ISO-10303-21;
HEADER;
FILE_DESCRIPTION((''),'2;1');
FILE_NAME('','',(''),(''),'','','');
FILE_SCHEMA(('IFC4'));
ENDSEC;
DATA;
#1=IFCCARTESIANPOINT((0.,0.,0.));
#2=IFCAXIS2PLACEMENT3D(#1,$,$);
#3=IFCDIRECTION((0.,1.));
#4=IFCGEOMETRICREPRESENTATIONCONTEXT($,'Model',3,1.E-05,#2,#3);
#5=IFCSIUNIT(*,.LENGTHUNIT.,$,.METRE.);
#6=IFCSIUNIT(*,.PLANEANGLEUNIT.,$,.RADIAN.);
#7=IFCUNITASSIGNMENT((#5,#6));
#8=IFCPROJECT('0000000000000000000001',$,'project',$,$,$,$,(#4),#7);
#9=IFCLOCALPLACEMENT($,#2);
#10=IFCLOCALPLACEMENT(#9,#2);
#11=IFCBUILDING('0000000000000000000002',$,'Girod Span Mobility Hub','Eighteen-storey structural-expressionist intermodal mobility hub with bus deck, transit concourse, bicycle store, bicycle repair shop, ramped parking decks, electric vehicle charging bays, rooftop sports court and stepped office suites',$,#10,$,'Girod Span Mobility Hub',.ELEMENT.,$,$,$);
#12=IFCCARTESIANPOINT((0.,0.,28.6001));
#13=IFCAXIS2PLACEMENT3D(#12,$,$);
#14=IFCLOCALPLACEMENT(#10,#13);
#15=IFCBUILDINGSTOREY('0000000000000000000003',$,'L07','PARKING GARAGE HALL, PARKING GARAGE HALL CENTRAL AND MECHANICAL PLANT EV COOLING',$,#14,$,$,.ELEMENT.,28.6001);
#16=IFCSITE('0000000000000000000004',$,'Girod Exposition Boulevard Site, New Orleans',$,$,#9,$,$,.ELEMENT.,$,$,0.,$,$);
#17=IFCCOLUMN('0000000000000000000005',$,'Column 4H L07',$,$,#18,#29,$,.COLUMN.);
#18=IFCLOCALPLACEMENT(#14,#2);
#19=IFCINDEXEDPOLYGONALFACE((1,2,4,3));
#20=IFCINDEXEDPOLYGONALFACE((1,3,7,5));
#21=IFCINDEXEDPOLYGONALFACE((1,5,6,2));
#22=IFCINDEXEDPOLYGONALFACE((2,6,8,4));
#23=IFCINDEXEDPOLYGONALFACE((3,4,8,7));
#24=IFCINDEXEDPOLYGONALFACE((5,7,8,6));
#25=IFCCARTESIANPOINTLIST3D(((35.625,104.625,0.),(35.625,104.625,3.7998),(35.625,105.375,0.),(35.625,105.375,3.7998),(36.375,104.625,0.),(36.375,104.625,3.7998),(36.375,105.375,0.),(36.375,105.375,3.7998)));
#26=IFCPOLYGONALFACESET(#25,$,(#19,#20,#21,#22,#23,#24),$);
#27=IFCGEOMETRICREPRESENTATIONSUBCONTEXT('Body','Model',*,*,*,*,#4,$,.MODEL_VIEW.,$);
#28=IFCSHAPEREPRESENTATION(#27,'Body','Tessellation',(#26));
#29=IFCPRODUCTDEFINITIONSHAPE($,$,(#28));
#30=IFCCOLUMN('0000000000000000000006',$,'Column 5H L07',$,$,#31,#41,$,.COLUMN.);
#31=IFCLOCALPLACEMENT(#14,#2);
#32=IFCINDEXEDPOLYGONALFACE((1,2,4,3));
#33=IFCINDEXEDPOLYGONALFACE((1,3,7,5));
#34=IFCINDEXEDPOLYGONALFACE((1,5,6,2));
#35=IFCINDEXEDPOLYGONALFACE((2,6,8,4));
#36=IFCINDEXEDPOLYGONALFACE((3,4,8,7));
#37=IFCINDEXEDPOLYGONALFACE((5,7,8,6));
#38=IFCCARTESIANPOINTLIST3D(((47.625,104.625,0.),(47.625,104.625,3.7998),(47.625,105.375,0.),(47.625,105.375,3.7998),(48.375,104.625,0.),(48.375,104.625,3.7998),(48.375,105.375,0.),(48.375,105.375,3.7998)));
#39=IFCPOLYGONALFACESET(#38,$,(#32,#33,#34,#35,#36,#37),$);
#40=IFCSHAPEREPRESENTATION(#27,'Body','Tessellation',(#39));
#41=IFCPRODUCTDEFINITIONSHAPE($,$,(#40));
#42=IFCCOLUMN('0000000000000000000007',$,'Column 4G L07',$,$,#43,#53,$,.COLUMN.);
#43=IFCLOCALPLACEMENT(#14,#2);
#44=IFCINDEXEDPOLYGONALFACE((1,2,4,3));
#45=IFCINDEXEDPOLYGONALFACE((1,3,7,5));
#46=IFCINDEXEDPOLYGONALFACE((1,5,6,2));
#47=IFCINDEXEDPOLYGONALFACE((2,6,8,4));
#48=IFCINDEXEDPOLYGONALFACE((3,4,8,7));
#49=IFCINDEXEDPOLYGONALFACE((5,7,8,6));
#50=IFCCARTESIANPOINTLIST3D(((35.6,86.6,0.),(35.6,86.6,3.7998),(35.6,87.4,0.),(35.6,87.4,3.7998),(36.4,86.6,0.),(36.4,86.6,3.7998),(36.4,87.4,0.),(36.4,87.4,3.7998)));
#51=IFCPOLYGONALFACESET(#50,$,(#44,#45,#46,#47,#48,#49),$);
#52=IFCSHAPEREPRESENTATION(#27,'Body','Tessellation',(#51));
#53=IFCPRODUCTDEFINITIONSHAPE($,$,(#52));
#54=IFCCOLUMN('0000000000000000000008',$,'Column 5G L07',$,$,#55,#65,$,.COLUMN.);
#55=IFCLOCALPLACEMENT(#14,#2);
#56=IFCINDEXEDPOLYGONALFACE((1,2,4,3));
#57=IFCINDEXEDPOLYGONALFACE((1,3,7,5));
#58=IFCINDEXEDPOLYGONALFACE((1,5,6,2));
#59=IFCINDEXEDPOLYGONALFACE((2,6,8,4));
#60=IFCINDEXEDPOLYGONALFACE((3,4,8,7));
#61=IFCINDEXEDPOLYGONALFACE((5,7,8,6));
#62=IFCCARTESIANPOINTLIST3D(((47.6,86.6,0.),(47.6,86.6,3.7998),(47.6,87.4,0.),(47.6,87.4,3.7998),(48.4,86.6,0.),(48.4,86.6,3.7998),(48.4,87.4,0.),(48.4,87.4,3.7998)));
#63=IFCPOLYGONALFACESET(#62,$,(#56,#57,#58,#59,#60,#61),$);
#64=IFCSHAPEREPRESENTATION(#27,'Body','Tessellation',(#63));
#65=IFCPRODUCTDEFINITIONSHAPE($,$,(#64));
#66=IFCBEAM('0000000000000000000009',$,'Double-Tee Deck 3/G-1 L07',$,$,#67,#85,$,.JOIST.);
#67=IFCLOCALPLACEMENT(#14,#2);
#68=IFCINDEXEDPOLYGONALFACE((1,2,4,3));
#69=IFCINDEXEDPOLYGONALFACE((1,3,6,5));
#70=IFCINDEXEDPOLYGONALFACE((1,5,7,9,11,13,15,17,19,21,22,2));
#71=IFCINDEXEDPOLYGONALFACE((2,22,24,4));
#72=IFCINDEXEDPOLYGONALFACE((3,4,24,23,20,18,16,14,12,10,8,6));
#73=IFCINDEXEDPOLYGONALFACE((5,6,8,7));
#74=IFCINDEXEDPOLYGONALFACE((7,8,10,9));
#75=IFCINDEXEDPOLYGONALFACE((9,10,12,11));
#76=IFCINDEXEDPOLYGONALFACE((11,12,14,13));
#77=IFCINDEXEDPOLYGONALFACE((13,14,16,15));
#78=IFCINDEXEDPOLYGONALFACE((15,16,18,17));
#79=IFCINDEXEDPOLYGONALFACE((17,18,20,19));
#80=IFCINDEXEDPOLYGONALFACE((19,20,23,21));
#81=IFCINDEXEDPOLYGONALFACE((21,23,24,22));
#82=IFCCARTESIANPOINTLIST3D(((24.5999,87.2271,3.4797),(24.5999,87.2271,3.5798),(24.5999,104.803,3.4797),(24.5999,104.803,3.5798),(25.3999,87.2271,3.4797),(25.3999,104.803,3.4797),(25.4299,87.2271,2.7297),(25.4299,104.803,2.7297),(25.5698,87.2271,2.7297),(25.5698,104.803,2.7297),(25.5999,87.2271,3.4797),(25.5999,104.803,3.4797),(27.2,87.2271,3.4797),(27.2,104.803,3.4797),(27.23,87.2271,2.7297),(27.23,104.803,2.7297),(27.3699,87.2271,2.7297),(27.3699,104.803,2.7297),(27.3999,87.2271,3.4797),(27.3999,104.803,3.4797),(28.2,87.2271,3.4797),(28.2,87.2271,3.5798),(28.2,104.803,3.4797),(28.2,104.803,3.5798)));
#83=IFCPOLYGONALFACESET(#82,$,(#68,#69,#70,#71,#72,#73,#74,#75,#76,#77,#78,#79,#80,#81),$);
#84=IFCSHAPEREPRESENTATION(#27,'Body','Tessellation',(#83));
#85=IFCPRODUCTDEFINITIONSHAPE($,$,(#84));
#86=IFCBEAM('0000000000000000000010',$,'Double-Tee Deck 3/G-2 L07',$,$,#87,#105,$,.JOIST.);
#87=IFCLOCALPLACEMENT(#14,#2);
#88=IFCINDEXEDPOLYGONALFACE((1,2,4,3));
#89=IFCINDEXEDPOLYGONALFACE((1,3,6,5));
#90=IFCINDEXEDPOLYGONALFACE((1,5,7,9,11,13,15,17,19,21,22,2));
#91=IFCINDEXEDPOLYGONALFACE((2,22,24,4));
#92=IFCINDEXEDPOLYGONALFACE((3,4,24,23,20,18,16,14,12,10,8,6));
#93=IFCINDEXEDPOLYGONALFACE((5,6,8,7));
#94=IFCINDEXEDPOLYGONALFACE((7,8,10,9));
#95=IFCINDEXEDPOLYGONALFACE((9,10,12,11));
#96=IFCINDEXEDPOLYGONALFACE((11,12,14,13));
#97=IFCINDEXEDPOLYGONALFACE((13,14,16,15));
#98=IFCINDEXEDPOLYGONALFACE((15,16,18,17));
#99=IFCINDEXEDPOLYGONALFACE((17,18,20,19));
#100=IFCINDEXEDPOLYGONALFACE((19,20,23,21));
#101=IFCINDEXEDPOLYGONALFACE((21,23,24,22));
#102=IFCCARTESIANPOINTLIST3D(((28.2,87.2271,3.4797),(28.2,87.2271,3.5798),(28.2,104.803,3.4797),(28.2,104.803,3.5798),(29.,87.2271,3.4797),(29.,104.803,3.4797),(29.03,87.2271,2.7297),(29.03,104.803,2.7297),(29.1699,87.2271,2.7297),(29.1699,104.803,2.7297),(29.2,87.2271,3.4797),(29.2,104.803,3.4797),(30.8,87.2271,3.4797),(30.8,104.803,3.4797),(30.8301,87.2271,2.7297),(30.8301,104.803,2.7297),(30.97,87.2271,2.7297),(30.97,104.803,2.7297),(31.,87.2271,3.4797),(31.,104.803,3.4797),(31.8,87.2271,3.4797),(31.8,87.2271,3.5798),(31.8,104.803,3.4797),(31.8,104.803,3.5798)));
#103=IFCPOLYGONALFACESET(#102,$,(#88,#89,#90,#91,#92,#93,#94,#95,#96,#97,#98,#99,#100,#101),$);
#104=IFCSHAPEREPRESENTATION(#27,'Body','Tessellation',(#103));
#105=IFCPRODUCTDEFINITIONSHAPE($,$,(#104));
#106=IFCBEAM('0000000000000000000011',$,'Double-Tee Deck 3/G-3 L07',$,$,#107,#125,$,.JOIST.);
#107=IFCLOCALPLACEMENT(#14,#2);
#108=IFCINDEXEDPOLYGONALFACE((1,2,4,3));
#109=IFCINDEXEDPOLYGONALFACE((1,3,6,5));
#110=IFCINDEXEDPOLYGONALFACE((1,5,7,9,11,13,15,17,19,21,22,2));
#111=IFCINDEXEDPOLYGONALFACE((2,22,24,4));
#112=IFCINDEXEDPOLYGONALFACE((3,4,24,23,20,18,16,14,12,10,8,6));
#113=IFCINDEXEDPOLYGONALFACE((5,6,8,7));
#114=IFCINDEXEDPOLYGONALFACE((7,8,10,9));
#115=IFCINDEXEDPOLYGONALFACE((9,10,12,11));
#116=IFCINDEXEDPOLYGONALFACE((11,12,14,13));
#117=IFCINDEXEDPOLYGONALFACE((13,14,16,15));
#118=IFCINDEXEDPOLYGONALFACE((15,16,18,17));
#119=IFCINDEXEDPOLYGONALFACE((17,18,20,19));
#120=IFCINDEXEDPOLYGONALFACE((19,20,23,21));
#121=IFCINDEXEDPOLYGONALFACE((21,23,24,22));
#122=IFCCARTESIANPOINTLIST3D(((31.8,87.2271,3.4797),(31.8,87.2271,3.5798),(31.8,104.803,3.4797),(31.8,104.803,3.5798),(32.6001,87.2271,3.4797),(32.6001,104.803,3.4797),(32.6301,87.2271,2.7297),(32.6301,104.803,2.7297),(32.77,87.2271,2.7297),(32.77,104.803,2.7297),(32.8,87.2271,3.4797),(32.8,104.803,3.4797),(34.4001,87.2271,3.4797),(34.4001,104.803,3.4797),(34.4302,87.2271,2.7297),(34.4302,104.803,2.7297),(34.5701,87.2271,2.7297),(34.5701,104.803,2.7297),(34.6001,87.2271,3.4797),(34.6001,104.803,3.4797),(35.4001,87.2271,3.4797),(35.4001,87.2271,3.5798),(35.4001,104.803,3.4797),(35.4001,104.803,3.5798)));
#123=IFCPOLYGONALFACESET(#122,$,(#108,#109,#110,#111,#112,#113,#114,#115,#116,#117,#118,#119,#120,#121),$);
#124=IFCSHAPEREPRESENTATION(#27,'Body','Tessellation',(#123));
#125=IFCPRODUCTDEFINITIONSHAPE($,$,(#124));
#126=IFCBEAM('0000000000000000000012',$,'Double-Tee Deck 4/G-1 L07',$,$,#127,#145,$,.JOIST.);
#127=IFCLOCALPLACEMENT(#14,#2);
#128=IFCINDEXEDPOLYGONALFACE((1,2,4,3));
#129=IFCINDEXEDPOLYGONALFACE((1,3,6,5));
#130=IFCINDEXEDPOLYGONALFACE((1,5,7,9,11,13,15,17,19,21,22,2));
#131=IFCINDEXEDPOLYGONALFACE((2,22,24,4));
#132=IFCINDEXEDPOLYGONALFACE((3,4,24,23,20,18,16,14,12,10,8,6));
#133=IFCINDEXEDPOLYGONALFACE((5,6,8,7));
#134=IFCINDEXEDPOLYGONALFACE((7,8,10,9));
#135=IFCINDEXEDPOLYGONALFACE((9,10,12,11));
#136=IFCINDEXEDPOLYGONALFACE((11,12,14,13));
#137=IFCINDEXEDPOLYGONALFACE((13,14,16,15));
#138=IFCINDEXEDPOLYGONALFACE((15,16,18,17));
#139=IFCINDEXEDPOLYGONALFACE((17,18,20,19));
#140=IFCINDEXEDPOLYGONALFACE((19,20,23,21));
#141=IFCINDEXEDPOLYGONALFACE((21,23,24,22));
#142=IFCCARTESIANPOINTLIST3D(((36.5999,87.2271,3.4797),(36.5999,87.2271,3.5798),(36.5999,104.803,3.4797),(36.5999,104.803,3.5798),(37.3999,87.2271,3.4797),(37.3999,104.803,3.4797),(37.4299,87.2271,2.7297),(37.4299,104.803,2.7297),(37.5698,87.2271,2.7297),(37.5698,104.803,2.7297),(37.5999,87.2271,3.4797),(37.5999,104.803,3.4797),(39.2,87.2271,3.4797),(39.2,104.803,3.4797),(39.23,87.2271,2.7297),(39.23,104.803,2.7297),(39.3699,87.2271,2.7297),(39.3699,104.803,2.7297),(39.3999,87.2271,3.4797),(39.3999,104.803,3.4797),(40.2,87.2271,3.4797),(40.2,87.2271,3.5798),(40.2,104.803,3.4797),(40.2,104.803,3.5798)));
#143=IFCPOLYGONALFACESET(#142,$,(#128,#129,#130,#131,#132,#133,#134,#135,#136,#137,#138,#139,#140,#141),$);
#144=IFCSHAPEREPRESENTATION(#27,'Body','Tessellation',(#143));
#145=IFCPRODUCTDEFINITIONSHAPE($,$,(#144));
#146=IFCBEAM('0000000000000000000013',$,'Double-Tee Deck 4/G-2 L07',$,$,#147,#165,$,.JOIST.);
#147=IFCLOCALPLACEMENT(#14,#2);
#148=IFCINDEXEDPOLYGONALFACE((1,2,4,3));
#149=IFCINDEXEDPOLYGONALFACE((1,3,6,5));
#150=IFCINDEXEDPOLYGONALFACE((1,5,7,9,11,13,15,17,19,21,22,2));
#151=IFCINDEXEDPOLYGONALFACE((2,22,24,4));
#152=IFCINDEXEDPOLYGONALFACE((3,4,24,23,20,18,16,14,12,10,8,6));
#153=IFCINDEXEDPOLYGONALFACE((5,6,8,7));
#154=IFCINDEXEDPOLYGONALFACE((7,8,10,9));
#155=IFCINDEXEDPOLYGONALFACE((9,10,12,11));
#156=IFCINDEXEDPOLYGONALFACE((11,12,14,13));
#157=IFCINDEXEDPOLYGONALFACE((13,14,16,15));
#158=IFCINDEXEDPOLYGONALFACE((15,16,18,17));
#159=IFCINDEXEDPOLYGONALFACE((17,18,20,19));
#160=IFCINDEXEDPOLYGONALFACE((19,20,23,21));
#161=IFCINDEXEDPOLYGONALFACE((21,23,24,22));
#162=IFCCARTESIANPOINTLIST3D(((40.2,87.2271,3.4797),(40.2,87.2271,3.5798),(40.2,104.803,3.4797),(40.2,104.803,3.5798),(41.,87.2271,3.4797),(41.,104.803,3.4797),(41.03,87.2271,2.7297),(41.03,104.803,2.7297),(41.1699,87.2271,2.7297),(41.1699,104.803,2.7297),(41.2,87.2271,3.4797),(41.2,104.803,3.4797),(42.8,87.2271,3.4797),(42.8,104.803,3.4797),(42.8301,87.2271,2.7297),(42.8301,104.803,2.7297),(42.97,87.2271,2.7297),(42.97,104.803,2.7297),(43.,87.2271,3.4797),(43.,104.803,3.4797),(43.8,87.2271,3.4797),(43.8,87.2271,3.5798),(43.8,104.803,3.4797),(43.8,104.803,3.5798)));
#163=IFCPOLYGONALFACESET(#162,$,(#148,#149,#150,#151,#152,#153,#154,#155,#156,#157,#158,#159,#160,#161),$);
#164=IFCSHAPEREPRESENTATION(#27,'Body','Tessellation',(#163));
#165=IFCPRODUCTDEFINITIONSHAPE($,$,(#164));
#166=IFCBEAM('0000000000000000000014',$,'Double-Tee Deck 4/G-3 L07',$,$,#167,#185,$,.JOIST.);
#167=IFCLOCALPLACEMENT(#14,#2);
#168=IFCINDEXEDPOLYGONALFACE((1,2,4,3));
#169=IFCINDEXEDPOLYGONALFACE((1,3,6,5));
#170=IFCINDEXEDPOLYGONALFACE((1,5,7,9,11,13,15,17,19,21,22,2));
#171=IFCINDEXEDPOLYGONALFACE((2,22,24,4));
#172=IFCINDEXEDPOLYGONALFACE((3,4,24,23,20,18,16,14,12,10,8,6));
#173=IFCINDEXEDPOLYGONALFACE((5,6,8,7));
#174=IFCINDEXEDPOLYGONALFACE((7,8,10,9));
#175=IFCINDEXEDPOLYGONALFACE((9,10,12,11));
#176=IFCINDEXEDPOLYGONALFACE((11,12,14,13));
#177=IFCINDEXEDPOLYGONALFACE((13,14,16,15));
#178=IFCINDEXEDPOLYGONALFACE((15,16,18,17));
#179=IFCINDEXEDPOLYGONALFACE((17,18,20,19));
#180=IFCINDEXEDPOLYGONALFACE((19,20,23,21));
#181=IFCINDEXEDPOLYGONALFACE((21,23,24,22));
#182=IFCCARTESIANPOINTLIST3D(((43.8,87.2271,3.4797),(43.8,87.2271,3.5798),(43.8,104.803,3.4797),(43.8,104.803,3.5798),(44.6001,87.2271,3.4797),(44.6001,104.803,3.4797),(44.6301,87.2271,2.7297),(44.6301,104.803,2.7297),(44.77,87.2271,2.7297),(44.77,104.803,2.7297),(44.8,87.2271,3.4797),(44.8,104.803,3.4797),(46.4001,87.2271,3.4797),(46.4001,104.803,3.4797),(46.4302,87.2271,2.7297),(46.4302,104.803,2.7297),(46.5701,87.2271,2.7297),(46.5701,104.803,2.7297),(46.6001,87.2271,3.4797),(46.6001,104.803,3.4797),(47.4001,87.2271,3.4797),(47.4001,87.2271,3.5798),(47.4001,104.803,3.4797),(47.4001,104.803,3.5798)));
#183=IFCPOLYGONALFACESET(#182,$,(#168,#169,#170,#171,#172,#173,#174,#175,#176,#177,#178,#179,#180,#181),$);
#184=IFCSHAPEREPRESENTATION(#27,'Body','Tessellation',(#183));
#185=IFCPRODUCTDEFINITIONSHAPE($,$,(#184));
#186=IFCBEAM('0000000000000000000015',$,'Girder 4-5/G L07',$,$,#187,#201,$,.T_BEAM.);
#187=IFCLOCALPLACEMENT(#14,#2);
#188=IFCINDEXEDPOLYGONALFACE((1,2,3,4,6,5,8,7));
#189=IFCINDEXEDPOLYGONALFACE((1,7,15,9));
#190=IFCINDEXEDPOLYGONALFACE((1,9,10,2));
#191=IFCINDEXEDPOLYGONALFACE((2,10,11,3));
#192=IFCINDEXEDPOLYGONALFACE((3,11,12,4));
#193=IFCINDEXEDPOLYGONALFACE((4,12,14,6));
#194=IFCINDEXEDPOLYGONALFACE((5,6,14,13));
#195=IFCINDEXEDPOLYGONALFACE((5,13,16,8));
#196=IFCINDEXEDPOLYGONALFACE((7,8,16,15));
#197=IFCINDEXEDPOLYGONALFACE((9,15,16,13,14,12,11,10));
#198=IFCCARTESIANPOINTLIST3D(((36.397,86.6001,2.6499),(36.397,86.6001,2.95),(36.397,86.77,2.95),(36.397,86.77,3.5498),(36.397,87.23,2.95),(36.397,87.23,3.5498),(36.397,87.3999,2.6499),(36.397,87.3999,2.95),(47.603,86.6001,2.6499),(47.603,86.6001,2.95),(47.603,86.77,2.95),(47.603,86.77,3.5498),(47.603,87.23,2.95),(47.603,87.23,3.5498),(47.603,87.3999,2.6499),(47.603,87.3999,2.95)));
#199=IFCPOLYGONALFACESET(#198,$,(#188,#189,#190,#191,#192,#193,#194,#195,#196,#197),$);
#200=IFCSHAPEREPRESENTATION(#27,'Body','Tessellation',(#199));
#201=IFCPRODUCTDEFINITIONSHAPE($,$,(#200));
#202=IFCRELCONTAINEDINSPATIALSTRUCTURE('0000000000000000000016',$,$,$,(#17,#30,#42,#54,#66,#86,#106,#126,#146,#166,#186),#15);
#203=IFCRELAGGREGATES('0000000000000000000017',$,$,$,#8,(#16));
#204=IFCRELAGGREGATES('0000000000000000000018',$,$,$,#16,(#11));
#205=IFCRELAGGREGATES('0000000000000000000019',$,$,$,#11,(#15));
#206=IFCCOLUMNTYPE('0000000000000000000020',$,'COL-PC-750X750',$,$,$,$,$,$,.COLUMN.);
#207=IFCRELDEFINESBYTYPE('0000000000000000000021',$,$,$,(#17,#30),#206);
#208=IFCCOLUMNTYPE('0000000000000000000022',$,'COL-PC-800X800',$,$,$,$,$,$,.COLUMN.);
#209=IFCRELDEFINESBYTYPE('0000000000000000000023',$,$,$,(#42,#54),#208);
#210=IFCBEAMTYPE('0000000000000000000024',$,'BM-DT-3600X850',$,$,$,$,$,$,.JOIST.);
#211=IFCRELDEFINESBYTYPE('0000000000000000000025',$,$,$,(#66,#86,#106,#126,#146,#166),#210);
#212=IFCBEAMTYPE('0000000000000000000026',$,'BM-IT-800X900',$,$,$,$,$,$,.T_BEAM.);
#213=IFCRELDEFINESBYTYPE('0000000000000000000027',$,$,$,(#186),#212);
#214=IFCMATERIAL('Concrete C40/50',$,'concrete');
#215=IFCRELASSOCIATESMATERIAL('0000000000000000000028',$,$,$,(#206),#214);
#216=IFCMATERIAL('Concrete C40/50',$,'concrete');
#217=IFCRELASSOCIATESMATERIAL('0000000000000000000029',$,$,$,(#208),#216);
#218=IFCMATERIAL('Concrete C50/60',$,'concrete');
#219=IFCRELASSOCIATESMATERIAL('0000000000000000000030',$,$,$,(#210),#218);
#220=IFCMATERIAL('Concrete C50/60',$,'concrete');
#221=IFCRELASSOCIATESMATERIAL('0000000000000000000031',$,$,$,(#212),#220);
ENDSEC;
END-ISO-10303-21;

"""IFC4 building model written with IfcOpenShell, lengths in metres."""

from ifc_helpers import new_model, si_unit, direction, frame, origin, origin_2d, place, context, subcontext, project, spatial, polyline, rectangle, outline, extrude, material, material_profile, profile_set, type_object, element, save


model = new_model("IFC4")

# Units and contexts
model_context = context("Model", 3, precision=1e-05, world=origin(), true_north=direction((0.0, 1.0)))
body_context = subcontext(model_context, "Body", "Model", "MODEL_VIEW")
ifc_project = project(units=[si_unit("LENGTHUNIT", "METRE"), si_unit("PLANEANGLEUNIT", "RADIAN")], contexts=[model_context])

# Site, building, storey
site_placement = place(None, origin())
site = spatial("IfcSite", under=ifc_project, at=site_placement, Name="Girod Exposition Boulevard Site, New Orleans", CompositionType="ELEMENT", RefElevation=0.0)
building_placement = place(site_placement, origin())
building = spatial("IfcBuilding", under=site, at=building_placement, Name="Girod Span Mobility Hub", Description="Eighteen-storey structural-expressionist intermodal mobility hub with bus deck, transit concourse, bicycle store, bicycle repair shop, ramped parking decks, electric vehicle charging bays, rooftop sports court and stepped office suites", LongName="Girod Span Mobility Hub", CompositionType="ELEMENT")
storey_placement = place(building_placement, frame((0.0, 0.0, 28.6001)))
storey = spatial("IfcBuildingStorey", under=building, at=storey_placement, Name="L07", Description="PARKING GARAGE HALL, PARKING GARAGE HALL CENTRAL AND MECHANICAL PLANT EV COOLING", CompositionType="ELEMENT", Elevation=28.6001)

# Columns
ifc_material_1 = material(Name="Concrete C40/50", Category="concrete")
ifc_material_profile_1 = material_profile(ifc_material_1, rectangle(XDim=0.75, YDim=0.75, at=origin_2d()), Name="PC-COL-750X750")
ifc_profile_set_1 = profile_set([ifc_material_profile_1], Name="Concrete C40/50")
column_type_1 = type_object("IfcColumnType", Name="COL-PC-750X750", PredefinedType="COLUMN", material=ifc_profile_set_1)
for number, where, z_axis, x_axis, name in (
    (1, (36.0, 105.0, 0.0), (0.0, 0.0, 1.0), (1.0, 0.0, 0.0), "Column 4H L07"),
    (2, (48.0, 105.0, 0.0), (0.0, 0.0, 1.0), (1.0, 0.0, 0.0), "Column 5H L07"),
):
    element("IfcColumn", number, at=place(storey_placement, frame(where, z_axis=z_axis, x_axis=x_axis)), inside=storey, type_object=column_type_1, Name=name, PredefinedType="COLUMN", context=body_context, shape_type="SweptSolid", body=[
        extrude(rectangle(XDim=0.75, YDim=0.75, at=origin_2d()), origin(), (0.0, 0.0, 1.0), 3.7998),
    ])
ifc_material_2 = material(Name="Concrete C40/50", Category="concrete")
ifc_material_profile_2 = material_profile(ifc_material_2, rectangle(XDim=0.8, YDim=0.8, at=origin_2d()), Name="PC-COL-800X800")
ifc_profile_set_2 = profile_set([ifc_material_profile_2], Name="Concrete C40/50")
column_type_2 = type_object("IfcColumnType", Name="COL-PC-800X800", PredefinedType="COLUMN", material=ifc_profile_set_2)
for number, where, z_axis, x_axis, name in (
    (3, (36.0, 87.0, 0.0), (0.0, 0.0, 1.0), (1.0, 0.0, 0.0), "Column 4G L07"),
    (4, (48.0, 87.0, 0.0), (0.0, 0.0, 1.0), (1.0, 0.0, 0.0), "Column 5G L07"),
):
    element("IfcColumn", number, at=place(storey_placement, frame(where, z_axis=z_axis, x_axis=x_axis)), inside=storey, type_object=column_type_2, Name=name, PredefinedType="COLUMN", context=body_context, shape_type="SweptSolid", body=[
        extrude(rectangle(XDim=0.8, YDim=0.8, at=origin_2d()), origin(), (0.0, 0.0, 1.0), 3.7998),
    ])

# Beams
ifc_material_3 = material(Name="Concrete C50/60", Category="concrete")
ifc_material_profile_3 = material_profile(ifc_material_3, outline(polyline([(-1.8, 0.425), (-1.8, 0.325), (-1.0, 0.325), (-0.97, -0.425), (-0.8301, -0.425), (-0.8, 0.325), (0.8, 0.325), (0.8301, -0.425), (0.97, -0.425), (1.0, 0.325), (1.8, 0.325), (1.8, 0.425), (-1.8, 0.425)])), Name="DT-3600X850")
ifc_profile_set_3 = profile_set([ifc_material_profile_3], Name="Concrete C50/60")
beam_type_1 = type_object("IfcBeamType", Name="BM-DT-3600X850", PredefinedType="JOIST", material=ifc_profile_set_3)
for number, where, z_axis, x_axis, name in (
    (5, (26.3999, 87.2271, 3.1548), (0.0, 1.0, 0.0), (-1.0, 0.0, 0.0), "Double-Tee Deck 3/G-1 L07"),
    (6, (30.0, 87.2271, 3.1548), (0.0, 1.0, 0.0), (-1.0, 0.0, 0.0), "Double-Tee Deck 3/G-2 L07"),
    (7, (33.6001, 87.2271, 3.1548), (0.0, 1.0, 0.0), (-1.0, 0.0, 0.0), "Double-Tee Deck 3/G-3 L07"),
    (8, (38.3999, 87.2271, 3.1548), (0.0, 1.0, 0.0), (-1.0, 0.0, 0.0), "Double-Tee Deck 4/G-1 L07"),
    (9, (42.0, 87.2271, 3.1548), (0.0, 1.0, 0.0), (-1.0, 0.0, 0.0), "Double-Tee Deck 4/G-2 L07"),
    (10, (45.6001, 87.2271, 3.1548), (0.0, 1.0, 0.0), (-1.0, 0.0, 0.0), "Double-Tee Deck 4/G-3 L07"),
):
    element("IfcBeam", number, at=place(storey_placement, frame(where, z_axis=z_axis, x_axis=x_axis)), inside=storey, type_object=beam_type_1, Name=name, PredefinedType="JOIST", context=body_context, shape_type="SweptSolid", body=[
        extrude(outline(polyline([(-1.8, 0.425), (-1.8, 0.325), (-1.0, 0.325), (-0.97, -0.425), (-0.8301, -0.425), (-0.8, 0.325), (0.8, 0.325), (0.8301, -0.425), (0.97, -0.425), (1.0, 0.325), (1.8, 0.325), (1.8, 0.425), (-1.8, 0.425)])), origin(), (0.0, 0.0, 1.0), 17.5759),
    ])
ifc_material_4 = material(Name="Concrete C50/60", Category="concrete")
ifc_material_profile_4 = material_profile(ifc_material_4, outline(polyline([(-0.3999, -0.45), (0.3999, -0.45), (0.3999, -0.1499), (0.23, -0.1499), (0.23, 0.45), (-0.23, 0.45), (-0.23, -0.1499), (-0.3999, -0.1499), (-0.3999, -0.45)])), Name="IT-800X900")
ifc_profile_set_4 = profile_set([ifc_material_profile_4], Name="Concrete C50/60")
beam_type_2 = type_object("IfcBeamType", Name="BM-IT-800X900", PredefinedType="T_BEAM", material=ifc_profile_set_4)
beam_1_placement = place(storey_placement, frame((36.397, 87.0, 3.0999), z_axis=(1.0, 0.0, 0.0), x_axis=(0.0, 1.0, 0.0)))
element("IfcBeam", 11, at=beam_1_placement, inside=storey, type_object=beam_type_2, Name="Girder 4-5/G L07", PredefinedType="T_BEAM", context=body_context, shape_type="SweptSolid", body=[
    extrude(outline(polyline([(-0.3999, -0.45), (0.3999, -0.45), (0.3999, -0.1499), (0.23, -0.1499), (0.23, 0.45), (-0.23, 0.45), (-0.23, -0.1499), (-0.3999, -0.1499), (-0.3999, -0.45)])), origin(), (0.0, 0.0, 1.0), 11.2061),
])

save(model, "model.ifc")
